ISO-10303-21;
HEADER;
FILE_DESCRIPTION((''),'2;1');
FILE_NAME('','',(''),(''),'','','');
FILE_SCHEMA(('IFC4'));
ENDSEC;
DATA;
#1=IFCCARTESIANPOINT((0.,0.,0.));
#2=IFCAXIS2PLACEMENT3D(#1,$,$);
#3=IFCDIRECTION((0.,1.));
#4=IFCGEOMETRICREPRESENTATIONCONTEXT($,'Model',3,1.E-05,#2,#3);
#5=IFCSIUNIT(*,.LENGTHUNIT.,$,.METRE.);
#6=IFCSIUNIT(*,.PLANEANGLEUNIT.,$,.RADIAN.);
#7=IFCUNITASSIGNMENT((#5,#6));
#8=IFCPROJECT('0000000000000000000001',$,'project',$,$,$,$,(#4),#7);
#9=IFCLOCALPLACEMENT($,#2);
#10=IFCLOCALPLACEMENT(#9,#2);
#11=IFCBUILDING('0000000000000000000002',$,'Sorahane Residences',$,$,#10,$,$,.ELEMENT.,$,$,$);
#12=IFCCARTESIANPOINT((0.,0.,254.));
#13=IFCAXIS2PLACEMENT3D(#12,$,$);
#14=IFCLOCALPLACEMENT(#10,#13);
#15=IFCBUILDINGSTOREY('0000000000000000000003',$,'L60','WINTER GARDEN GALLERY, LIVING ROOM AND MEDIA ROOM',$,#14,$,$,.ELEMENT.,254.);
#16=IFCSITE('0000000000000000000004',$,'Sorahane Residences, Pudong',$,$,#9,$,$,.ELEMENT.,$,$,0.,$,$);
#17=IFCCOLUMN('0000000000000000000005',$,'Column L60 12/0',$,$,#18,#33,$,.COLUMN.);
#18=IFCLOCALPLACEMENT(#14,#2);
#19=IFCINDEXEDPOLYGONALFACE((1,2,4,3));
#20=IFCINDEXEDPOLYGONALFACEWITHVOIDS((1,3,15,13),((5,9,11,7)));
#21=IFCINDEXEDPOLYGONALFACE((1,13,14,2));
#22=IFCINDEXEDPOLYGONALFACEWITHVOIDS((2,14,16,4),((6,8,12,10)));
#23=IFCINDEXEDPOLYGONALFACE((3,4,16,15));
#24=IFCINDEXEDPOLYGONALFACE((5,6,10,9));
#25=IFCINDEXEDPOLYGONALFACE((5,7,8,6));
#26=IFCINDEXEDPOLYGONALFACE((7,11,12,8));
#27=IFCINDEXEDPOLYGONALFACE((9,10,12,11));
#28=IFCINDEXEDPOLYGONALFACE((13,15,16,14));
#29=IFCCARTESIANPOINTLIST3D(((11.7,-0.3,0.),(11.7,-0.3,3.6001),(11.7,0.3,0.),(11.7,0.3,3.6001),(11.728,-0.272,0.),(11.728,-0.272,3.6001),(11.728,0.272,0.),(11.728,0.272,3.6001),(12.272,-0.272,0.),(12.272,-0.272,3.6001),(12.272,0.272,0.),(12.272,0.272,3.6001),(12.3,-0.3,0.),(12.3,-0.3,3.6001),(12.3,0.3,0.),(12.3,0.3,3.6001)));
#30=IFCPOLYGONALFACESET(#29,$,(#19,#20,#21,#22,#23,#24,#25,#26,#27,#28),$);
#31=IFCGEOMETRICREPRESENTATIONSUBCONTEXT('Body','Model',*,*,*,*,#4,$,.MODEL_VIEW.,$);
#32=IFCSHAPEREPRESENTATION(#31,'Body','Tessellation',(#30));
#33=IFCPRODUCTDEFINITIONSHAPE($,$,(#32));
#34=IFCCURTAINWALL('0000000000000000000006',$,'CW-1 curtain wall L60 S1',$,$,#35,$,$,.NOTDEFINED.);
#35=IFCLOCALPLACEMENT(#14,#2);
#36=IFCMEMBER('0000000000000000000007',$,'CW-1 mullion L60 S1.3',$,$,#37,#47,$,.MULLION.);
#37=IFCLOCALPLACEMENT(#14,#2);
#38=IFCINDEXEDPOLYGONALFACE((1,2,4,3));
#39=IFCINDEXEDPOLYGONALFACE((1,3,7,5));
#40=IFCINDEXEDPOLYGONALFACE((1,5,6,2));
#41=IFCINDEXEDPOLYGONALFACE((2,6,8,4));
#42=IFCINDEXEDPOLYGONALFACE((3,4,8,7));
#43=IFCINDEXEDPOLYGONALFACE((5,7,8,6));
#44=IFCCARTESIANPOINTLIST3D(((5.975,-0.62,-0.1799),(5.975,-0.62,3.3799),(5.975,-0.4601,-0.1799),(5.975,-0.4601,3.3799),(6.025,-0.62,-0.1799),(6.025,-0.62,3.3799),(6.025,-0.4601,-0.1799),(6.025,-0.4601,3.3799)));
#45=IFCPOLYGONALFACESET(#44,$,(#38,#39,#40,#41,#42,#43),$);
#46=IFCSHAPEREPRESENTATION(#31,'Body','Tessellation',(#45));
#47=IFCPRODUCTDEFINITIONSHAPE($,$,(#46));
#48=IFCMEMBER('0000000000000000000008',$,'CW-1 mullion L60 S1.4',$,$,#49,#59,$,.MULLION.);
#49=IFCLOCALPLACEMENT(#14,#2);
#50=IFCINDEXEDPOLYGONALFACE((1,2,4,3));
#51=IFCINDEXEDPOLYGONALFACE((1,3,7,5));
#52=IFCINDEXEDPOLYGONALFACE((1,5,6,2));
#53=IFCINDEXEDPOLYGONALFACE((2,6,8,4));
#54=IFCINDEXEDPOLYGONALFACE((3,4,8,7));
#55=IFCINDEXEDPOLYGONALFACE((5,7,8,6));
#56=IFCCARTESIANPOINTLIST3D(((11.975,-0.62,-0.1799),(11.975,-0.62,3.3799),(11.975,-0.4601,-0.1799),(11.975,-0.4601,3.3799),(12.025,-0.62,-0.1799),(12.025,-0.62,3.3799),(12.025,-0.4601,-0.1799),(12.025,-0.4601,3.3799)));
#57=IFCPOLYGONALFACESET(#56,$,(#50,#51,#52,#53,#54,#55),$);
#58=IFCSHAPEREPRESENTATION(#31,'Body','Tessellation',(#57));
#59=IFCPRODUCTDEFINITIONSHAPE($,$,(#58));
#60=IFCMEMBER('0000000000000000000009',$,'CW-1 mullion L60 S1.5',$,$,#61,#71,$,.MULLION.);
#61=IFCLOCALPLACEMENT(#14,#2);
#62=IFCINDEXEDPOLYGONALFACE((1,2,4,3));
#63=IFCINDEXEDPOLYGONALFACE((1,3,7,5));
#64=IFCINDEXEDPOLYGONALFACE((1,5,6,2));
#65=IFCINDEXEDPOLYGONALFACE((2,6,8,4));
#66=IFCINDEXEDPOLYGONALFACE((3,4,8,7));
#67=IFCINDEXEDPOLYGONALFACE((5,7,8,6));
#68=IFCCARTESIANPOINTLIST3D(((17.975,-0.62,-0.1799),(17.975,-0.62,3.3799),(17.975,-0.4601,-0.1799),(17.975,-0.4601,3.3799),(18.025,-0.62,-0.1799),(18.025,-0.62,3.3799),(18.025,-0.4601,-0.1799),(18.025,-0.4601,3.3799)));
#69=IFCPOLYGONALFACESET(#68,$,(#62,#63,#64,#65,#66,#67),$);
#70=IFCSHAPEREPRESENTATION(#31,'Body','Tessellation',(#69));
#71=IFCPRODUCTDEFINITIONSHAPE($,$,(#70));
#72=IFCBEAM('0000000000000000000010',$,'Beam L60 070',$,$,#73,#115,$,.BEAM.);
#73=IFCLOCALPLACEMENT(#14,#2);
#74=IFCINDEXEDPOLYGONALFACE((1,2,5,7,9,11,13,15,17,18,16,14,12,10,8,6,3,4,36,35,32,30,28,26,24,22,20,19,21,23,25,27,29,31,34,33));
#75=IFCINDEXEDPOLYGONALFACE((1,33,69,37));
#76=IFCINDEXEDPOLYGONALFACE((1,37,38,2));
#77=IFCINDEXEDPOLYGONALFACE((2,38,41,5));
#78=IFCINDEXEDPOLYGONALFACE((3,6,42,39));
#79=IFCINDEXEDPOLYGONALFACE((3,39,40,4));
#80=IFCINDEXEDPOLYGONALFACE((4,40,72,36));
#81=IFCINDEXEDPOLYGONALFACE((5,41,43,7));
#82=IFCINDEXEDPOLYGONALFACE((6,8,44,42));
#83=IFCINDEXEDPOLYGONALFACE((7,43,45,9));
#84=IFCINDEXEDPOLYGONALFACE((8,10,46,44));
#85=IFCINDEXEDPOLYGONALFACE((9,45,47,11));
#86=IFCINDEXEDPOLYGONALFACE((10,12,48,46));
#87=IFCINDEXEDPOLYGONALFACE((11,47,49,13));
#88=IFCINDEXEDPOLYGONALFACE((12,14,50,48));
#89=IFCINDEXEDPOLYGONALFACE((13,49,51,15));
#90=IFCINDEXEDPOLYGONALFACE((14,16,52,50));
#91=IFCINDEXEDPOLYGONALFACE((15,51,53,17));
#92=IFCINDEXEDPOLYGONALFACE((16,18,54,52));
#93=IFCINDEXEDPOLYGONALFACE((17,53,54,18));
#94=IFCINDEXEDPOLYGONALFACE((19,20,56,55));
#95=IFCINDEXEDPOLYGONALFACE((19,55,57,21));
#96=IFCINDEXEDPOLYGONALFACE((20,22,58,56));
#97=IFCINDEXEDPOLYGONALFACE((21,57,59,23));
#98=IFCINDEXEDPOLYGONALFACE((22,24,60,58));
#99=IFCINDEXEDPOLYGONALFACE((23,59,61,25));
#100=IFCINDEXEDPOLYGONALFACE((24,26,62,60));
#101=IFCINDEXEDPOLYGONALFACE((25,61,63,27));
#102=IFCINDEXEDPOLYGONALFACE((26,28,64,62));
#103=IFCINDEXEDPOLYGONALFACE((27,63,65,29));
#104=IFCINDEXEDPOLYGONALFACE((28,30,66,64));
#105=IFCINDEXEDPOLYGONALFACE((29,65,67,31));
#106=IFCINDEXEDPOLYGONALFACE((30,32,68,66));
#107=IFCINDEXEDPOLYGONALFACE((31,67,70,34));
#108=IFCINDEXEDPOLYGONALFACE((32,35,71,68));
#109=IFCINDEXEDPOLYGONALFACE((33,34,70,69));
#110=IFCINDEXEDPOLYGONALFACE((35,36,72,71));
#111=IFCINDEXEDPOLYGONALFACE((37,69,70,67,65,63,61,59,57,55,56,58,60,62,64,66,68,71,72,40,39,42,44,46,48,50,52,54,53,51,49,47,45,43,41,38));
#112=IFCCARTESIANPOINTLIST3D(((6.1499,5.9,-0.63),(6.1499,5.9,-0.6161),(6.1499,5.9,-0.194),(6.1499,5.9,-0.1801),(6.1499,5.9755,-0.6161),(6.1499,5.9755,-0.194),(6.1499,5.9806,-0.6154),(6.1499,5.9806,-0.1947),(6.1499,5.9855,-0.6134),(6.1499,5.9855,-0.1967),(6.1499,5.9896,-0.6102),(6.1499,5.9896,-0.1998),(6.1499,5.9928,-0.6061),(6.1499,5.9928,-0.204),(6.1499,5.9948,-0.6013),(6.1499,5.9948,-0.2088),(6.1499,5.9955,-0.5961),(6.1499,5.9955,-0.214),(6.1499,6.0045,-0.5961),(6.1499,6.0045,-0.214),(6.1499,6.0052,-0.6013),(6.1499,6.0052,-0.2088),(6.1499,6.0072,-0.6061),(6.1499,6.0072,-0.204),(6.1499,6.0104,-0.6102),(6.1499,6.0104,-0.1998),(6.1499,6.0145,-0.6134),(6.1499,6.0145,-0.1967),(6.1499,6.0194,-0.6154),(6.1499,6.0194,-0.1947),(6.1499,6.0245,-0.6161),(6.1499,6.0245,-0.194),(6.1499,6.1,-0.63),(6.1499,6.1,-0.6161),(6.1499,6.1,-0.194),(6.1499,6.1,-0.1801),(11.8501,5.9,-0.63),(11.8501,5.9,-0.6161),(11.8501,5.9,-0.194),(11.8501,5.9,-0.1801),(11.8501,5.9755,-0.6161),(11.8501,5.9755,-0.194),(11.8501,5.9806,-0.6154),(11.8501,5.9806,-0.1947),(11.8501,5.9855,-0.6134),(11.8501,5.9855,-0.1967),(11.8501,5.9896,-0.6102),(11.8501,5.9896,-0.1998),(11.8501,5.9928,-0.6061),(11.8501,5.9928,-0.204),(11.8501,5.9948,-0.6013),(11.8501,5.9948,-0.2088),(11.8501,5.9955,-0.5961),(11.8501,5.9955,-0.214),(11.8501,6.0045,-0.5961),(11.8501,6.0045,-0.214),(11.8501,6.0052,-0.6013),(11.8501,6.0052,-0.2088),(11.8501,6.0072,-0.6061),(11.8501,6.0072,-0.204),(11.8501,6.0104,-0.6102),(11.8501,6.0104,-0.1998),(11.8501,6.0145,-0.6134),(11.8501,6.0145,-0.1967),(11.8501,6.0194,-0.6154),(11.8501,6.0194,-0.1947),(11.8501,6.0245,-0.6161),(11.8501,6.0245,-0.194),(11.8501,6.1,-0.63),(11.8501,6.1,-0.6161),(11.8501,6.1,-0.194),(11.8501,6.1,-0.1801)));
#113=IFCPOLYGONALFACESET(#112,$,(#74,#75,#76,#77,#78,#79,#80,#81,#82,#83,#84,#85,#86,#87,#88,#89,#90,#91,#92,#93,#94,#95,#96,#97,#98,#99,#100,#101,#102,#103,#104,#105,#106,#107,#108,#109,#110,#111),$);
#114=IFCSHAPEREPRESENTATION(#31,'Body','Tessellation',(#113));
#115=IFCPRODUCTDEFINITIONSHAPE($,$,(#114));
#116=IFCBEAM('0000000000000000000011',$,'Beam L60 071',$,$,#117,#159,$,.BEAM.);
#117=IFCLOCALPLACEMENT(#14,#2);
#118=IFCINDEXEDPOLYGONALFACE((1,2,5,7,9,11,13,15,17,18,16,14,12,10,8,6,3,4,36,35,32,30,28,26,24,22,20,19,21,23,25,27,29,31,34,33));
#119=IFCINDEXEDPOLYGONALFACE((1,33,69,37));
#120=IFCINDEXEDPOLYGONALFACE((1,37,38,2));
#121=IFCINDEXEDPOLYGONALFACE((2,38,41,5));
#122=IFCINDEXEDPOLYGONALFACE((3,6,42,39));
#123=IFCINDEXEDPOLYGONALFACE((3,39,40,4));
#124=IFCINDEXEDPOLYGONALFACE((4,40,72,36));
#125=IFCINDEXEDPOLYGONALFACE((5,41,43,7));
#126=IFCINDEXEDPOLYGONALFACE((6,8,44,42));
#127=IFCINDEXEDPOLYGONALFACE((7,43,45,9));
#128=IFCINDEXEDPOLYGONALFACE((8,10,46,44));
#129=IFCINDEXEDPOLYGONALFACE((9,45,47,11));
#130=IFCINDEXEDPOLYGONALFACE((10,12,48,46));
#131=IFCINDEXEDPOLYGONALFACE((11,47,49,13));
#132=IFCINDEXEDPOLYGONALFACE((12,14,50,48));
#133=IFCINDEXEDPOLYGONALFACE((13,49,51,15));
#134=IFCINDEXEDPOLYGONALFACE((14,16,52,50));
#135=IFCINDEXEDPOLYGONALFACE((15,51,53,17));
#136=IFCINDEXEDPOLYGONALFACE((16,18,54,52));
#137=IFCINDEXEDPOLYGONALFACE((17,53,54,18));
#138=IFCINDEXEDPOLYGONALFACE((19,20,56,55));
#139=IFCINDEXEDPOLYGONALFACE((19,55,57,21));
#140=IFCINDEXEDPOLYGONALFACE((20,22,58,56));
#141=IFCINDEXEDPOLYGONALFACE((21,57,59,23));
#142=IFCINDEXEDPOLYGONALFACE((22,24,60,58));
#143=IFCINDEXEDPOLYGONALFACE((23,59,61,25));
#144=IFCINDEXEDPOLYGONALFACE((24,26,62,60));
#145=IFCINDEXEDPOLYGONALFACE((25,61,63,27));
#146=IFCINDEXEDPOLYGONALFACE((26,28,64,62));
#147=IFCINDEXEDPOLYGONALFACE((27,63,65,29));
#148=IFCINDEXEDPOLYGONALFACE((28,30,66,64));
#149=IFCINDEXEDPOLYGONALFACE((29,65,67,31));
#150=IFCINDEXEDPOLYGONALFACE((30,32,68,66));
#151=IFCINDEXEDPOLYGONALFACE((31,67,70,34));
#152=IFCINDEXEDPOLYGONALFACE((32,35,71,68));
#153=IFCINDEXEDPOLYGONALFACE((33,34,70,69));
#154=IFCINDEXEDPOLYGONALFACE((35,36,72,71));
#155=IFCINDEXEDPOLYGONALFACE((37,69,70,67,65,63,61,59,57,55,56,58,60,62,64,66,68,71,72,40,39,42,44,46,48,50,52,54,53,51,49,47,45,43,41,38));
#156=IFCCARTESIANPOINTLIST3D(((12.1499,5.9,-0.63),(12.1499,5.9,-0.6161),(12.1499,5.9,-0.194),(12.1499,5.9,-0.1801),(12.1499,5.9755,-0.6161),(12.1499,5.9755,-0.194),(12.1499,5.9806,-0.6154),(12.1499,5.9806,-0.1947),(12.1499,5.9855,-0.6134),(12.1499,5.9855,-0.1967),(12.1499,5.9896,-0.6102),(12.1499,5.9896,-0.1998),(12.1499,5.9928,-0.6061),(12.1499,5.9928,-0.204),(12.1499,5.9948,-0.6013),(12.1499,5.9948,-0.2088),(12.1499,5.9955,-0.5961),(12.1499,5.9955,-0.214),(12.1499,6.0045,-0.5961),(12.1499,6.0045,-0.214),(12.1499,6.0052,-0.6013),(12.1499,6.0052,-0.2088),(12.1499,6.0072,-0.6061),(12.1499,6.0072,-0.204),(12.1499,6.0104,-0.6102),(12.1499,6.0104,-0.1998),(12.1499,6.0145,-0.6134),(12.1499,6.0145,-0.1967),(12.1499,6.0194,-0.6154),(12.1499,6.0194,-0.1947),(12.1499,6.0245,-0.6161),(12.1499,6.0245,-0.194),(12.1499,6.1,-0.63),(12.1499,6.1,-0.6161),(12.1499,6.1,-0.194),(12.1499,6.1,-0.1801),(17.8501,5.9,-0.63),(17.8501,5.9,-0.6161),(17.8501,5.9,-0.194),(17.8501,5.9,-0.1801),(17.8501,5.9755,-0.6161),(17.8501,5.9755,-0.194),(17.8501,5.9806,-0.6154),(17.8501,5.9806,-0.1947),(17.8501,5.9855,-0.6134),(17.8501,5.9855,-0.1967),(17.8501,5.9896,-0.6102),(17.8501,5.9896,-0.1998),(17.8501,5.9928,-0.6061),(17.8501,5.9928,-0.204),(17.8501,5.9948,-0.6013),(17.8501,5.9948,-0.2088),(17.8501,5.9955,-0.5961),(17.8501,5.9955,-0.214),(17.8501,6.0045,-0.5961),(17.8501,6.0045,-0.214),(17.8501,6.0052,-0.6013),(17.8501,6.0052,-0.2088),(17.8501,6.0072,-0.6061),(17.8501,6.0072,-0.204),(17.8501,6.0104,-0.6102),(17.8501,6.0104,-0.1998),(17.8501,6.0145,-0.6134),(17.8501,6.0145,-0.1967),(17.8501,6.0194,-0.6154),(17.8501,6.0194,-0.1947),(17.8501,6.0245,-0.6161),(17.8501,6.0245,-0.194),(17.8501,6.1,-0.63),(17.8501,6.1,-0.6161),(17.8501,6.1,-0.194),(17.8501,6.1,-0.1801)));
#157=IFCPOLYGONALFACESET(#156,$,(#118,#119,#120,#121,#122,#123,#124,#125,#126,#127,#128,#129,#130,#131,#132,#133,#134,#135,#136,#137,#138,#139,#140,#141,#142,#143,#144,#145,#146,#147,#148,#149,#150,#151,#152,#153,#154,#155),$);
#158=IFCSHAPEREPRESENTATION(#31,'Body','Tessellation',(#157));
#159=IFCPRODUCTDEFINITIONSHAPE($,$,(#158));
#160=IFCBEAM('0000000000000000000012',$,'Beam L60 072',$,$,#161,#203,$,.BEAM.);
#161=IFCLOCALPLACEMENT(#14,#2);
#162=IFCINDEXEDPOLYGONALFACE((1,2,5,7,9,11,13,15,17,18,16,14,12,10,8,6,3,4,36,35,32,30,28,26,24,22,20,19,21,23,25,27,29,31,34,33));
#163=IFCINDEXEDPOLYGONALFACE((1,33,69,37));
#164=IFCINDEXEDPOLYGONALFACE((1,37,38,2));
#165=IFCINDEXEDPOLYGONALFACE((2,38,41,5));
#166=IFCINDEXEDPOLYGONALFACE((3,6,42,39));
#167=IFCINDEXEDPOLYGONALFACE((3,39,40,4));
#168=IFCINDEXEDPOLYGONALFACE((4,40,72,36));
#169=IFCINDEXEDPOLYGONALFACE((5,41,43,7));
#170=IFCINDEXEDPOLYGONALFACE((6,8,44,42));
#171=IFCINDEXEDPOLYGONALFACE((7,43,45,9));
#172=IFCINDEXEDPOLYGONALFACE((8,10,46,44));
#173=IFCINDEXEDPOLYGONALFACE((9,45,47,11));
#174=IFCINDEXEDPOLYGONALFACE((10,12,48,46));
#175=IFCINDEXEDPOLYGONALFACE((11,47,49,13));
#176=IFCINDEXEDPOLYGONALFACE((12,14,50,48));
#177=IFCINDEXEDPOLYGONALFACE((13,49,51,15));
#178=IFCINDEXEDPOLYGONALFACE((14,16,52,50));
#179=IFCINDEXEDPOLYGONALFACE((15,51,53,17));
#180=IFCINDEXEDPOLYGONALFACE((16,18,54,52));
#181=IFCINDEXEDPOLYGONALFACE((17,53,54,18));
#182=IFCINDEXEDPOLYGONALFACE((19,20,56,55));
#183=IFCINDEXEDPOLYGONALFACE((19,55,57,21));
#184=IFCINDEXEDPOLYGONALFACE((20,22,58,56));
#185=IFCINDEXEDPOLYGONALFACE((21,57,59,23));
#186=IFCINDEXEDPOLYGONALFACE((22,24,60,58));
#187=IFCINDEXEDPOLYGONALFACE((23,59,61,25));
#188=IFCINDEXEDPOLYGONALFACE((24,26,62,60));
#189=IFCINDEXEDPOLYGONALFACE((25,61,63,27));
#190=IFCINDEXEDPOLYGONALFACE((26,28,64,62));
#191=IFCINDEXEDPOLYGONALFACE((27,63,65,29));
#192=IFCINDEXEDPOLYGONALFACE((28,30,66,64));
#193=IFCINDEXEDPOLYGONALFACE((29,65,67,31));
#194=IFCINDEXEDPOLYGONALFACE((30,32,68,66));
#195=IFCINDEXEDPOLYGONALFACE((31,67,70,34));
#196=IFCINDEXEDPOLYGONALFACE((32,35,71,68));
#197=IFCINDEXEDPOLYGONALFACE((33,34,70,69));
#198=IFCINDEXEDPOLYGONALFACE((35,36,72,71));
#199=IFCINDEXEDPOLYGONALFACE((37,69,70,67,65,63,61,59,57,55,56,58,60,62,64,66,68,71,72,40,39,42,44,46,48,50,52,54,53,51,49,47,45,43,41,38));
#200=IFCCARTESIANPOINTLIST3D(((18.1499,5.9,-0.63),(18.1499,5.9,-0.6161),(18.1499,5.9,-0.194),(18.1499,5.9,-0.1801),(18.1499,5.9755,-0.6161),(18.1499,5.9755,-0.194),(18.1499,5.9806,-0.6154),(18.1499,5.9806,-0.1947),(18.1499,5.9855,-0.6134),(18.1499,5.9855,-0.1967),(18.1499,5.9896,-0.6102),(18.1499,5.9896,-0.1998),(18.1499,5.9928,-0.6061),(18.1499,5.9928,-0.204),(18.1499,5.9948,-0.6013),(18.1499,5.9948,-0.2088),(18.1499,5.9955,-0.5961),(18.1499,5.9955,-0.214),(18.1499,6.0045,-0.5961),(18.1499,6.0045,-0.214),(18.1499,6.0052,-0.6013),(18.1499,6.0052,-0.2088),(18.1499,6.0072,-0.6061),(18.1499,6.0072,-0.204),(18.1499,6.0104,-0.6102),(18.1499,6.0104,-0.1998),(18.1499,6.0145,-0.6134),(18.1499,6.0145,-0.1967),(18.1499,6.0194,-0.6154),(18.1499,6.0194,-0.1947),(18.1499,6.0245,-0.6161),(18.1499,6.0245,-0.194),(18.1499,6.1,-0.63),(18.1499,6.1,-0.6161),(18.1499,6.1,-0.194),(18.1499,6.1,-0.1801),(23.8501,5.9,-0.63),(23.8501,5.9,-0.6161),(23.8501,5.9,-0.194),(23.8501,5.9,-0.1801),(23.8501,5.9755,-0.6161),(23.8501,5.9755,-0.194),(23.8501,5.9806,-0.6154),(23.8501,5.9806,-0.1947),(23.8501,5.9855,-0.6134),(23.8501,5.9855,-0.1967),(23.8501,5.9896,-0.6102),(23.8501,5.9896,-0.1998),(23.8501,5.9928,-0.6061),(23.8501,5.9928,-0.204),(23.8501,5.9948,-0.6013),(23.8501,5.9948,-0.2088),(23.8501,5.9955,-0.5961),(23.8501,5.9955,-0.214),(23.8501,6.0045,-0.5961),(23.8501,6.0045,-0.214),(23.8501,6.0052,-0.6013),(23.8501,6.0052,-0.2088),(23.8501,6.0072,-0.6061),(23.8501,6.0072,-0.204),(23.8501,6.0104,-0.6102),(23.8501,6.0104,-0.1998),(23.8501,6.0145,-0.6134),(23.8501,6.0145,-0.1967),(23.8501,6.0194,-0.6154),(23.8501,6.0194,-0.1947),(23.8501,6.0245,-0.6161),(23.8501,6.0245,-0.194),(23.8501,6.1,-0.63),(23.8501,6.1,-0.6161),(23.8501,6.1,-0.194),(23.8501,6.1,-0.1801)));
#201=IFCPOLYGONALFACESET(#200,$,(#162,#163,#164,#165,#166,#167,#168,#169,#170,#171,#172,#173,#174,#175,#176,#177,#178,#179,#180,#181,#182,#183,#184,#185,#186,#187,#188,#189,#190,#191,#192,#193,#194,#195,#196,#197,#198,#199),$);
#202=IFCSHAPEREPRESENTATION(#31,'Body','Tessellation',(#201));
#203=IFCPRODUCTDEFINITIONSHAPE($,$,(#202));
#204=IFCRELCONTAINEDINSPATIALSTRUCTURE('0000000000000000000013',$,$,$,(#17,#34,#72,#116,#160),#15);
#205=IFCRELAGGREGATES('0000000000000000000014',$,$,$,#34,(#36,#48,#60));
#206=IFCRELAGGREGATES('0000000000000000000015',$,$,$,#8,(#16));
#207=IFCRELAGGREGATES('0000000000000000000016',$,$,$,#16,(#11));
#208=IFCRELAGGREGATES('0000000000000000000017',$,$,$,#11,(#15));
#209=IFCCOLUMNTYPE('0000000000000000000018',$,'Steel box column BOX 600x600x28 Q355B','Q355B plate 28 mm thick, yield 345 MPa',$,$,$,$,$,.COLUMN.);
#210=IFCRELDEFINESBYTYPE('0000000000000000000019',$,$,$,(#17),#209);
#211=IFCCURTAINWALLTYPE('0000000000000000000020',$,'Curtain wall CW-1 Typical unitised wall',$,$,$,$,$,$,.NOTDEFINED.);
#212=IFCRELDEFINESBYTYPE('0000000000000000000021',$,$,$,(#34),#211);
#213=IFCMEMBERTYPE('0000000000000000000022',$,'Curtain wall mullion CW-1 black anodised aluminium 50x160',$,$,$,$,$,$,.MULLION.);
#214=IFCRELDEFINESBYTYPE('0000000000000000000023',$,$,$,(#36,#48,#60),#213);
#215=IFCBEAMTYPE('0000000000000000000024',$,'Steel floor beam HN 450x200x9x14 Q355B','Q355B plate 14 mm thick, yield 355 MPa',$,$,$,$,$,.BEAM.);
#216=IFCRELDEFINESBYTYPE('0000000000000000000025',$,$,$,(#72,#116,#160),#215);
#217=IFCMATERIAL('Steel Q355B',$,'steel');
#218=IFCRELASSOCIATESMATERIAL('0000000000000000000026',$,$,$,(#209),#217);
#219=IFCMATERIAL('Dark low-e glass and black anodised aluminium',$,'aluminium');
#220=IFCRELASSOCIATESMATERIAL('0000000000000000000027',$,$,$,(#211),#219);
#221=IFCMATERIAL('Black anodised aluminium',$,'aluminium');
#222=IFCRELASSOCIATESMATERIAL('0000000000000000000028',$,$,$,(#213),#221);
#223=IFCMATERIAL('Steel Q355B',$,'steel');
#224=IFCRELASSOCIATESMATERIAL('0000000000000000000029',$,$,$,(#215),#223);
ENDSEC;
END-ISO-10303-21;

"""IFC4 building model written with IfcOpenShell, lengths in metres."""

from ifc_helpers import new_model, si_unit, direction, frame, origin, origin_2d, place, context, subcontext, project, spatial, rectangle, hollow_rectangle, i_section, extrude, material, material_profile, profile_set, type_object, element, aggregate, save


model = new_model("IFC4")

# Units and contexts
model_context = context("Model", 3, precision=1e-05, world=origin(), true_north=direction((0.0, 1.0)))
body_context = subcontext(model_context, "Body", "Model", "MODEL_VIEW")
ifc_project = project(units=[si_unit("LENGTHUNIT", "METRE"), si_unit("PLANEANGLEUNIT", "RADIAN")], contexts=[model_context])

# Site, building, storey
site_placement = place(None, origin())
site = spatial("IfcSite", under=ifc_project, at=site_placement, Name="Sorahane Residences, Pudong", CompositionType="ELEMENT", RefElevation=0.0)
building_placement = place(site_placement, origin())
building = spatial("IfcBuilding", under=site, at=building_placement, Name="Sorahane Residences", CompositionType="ELEMENT")
storey_placement = place(building_placement, frame((0.0, 0.0, 254.0)))
storey = spatial("IfcBuildingStorey", under=building, at=storey_placement, Name="L60", Description="WINTER GARDEN GALLERY, LIVING ROOM AND MEDIA ROOM", CompositionType="ELEMENT", Elevation=254.0)

# Column
ifc_material_1 = material(Name="Steel Q355B", Category="steel")
ifc_material_profile_1 = material_profile(ifc_material_1, hollow_rectangle(XDim=0.6001, YDim=0.6001, WallThickness=0.0281, at=origin_2d()), Name="BOX 600x600x28")
ifc_profile_set_1 = profile_set([ifc_material_profile_1], Name="Steel Q355B")
column_type = type_object("IfcColumnType", Name="Steel box column BOX 600x600x28 Q355B", Description="Q355B plate 28 mm thick, yield 345 MPa", PredefinedType="COLUMN", material=ifc_profile_set_1)
column_placement = place(storey_placement, frame((12.0, 0.0, 0.0), z_axis=(0.0, 0.0, 1.0), x_axis=(1.0, 0.0, 0.0)))
element("IfcColumn", 1, at=column_placement, inside=storey, type_object=column_type, Name="Column L60 12/0", PredefinedType="COLUMN", context=body_context, shape_type="SweptSolid", body=[
    extrude(hollow_rectangle(XDim=0.6001, YDim=0.6001, WallThickness=0.0281, at=origin_2d()), origin(), (0.0, 0.0, 1.0), 3.6001),
])

# Curtain wall, members
ifc_material_2 = material(Name="Dark low-e glass and black anodised aluminium", Category="aluminium")
curtain_wall_type = type_object("IfcCurtainWallType", Name="Curtain wall CW-1 Typical unitised wall", PredefinedType="NOTDEFINED", material=ifc_material_2)
curtain_wall_placement = place(storey_placement, origin())
curtain_wall = element("IfcCurtainWall", 2, at=curtain_wall_placement, inside=storey, type_object=curtain_wall_type, Name="CW-1 curtain wall L60 S1", PredefinedType="NOTDEFINED")
ifc_material_3 = material(Name="Black anodised aluminium", Category="aluminium")
ifc_material_profile_2 = material_profile(ifc_material_3, rectangle(XDim=0.1599, YDim=0.05, at=origin_2d()), Name="Curtain wall mullion CW-1 black anodised aluminium 50x160")
ifc_profile_set_2 = profile_set([ifc_material_profile_2], Name="Black anodised aluminium")
member_type = type_object("IfcMemberType", Name="Curtain wall mullion CW-1 black anodised aluminium 50x160", PredefinedType="MULLION", material=ifc_profile_set_2)
member_1_placement = place(storey_placement, frame((6.0, -0.54, -0.1799), z_axis=(0.0, 0.0, 1.0), x_axis=(0.0, -1.0, 0.0)))
member_1 = element("IfcMember", 3, at=member_1_placement, type_object=member_type, Name="CW-1 mullion L60 S1.3", PredefinedType="MULLION", context=body_context, shape_type="SweptSolid", body=[
    extrude(rectangle(XDim=0.1599, YDim=0.05, at=origin_2d()), origin(), (0.0, 0.0, 1.0), 3.5598),
])
member_2_placement = place(storey_placement, frame((12.0, -0.54, -0.1799), z_axis=(0.0, 0.0, 1.0), x_axis=(0.0, -1.0, 0.0)))
member_2 = element("IfcMember", 4, at=member_2_placement, type_object=member_type, Name="CW-1 mullion L60 S1.4", PredefinedType="MULLION", context=body_context, shape_type="SweptSolid", body=[
    extrude(rectangle(XDim=0.1599, YDim=0.05, at=origin_2d()), origin(), (0.0, 0.0, 1.0), 3.5598),
])
member_3_placement = place(storey_placement, frame((18.0, -0.54, -0.1799), z_axis=(0.0, 0.0, 1.0), x_axis=(0.0, -1.0, 0.0)))
member_3 = element("IfcMember", 5, at=member_3_placement, type_object=member_type, Name="CW-1 mullion L60 S1.5", PredefinedType="MULLION", context=body_context, shape_type="SweptSolid", body=[
    extrude(rectangle(XDim=0.1599, YDim=0.05, at=origin_2d()), origin(), (0.0, 0.0, 1.0), 3.5598),
])

# Beams
ifc_material_4 = material(Name="Steel Q355B", Category="steel")
ifc_material_profile_3 = material_profile(ifc_material_4, i_section(OverallWidth=0.2, OverallDepth=0.45, WebThickness=0.009, FlangeThickness=0.0139, FilletRadius=0.02, at=origin_2d()), Name="HN 450x200x9x14")
ifc_profile_set_3 = profile_set([ifc_material_profile_3], Name="Steel Q355B")
beam_type_1 = type_object("IfcBeamType", Name="Steel floor beam HN 450x200x9x14 Q355B", Description="Q355B plate 14 mm thick, yield 355 MPa", PredefinedType="BEAM", material=ifc_profile_set_3)
for number, where, z_axis, x_axis, name in (
    (6, (6.1499, 6.0, -0.405), (1.0, 0.0, 0.0), (0.0, 1.0, 0.0), "Beam L60 070"),
    (7, (12.1499, 6.0, -0.405), (1.0, 0.0, 0.0), (0.0, 1.0, 0.0), "Beam L60 071"),
    (8, (18.1499, 6.0, -0.405), (1.0, 0.0, 0.0), (0.0, 1.0, 0.0), "Beam L60 072"),
):
    element("IfcBeam", number, at=place(storey_placement, frame(where, z_axis=z_axis, x_axis=x_axis)), inside=storey, type_object=beam_type_1, Name=name, PredefinedType="BEAM", context=body_context, shape_type="SweptSolid", body=[
        extrude(i_section(OverallWidth=0.2, OverallDepth=0.45, WebThickness=0.009, FlangeThickness=0.0139, FilletRadius=0.02, at=origin_2d()), origin(), (0.0, 0.0, 1.0), 5.7002),
    ])

aggregate(curtain_wall, [member_1, member_2, member_3])

save(model, "model.ifc")
